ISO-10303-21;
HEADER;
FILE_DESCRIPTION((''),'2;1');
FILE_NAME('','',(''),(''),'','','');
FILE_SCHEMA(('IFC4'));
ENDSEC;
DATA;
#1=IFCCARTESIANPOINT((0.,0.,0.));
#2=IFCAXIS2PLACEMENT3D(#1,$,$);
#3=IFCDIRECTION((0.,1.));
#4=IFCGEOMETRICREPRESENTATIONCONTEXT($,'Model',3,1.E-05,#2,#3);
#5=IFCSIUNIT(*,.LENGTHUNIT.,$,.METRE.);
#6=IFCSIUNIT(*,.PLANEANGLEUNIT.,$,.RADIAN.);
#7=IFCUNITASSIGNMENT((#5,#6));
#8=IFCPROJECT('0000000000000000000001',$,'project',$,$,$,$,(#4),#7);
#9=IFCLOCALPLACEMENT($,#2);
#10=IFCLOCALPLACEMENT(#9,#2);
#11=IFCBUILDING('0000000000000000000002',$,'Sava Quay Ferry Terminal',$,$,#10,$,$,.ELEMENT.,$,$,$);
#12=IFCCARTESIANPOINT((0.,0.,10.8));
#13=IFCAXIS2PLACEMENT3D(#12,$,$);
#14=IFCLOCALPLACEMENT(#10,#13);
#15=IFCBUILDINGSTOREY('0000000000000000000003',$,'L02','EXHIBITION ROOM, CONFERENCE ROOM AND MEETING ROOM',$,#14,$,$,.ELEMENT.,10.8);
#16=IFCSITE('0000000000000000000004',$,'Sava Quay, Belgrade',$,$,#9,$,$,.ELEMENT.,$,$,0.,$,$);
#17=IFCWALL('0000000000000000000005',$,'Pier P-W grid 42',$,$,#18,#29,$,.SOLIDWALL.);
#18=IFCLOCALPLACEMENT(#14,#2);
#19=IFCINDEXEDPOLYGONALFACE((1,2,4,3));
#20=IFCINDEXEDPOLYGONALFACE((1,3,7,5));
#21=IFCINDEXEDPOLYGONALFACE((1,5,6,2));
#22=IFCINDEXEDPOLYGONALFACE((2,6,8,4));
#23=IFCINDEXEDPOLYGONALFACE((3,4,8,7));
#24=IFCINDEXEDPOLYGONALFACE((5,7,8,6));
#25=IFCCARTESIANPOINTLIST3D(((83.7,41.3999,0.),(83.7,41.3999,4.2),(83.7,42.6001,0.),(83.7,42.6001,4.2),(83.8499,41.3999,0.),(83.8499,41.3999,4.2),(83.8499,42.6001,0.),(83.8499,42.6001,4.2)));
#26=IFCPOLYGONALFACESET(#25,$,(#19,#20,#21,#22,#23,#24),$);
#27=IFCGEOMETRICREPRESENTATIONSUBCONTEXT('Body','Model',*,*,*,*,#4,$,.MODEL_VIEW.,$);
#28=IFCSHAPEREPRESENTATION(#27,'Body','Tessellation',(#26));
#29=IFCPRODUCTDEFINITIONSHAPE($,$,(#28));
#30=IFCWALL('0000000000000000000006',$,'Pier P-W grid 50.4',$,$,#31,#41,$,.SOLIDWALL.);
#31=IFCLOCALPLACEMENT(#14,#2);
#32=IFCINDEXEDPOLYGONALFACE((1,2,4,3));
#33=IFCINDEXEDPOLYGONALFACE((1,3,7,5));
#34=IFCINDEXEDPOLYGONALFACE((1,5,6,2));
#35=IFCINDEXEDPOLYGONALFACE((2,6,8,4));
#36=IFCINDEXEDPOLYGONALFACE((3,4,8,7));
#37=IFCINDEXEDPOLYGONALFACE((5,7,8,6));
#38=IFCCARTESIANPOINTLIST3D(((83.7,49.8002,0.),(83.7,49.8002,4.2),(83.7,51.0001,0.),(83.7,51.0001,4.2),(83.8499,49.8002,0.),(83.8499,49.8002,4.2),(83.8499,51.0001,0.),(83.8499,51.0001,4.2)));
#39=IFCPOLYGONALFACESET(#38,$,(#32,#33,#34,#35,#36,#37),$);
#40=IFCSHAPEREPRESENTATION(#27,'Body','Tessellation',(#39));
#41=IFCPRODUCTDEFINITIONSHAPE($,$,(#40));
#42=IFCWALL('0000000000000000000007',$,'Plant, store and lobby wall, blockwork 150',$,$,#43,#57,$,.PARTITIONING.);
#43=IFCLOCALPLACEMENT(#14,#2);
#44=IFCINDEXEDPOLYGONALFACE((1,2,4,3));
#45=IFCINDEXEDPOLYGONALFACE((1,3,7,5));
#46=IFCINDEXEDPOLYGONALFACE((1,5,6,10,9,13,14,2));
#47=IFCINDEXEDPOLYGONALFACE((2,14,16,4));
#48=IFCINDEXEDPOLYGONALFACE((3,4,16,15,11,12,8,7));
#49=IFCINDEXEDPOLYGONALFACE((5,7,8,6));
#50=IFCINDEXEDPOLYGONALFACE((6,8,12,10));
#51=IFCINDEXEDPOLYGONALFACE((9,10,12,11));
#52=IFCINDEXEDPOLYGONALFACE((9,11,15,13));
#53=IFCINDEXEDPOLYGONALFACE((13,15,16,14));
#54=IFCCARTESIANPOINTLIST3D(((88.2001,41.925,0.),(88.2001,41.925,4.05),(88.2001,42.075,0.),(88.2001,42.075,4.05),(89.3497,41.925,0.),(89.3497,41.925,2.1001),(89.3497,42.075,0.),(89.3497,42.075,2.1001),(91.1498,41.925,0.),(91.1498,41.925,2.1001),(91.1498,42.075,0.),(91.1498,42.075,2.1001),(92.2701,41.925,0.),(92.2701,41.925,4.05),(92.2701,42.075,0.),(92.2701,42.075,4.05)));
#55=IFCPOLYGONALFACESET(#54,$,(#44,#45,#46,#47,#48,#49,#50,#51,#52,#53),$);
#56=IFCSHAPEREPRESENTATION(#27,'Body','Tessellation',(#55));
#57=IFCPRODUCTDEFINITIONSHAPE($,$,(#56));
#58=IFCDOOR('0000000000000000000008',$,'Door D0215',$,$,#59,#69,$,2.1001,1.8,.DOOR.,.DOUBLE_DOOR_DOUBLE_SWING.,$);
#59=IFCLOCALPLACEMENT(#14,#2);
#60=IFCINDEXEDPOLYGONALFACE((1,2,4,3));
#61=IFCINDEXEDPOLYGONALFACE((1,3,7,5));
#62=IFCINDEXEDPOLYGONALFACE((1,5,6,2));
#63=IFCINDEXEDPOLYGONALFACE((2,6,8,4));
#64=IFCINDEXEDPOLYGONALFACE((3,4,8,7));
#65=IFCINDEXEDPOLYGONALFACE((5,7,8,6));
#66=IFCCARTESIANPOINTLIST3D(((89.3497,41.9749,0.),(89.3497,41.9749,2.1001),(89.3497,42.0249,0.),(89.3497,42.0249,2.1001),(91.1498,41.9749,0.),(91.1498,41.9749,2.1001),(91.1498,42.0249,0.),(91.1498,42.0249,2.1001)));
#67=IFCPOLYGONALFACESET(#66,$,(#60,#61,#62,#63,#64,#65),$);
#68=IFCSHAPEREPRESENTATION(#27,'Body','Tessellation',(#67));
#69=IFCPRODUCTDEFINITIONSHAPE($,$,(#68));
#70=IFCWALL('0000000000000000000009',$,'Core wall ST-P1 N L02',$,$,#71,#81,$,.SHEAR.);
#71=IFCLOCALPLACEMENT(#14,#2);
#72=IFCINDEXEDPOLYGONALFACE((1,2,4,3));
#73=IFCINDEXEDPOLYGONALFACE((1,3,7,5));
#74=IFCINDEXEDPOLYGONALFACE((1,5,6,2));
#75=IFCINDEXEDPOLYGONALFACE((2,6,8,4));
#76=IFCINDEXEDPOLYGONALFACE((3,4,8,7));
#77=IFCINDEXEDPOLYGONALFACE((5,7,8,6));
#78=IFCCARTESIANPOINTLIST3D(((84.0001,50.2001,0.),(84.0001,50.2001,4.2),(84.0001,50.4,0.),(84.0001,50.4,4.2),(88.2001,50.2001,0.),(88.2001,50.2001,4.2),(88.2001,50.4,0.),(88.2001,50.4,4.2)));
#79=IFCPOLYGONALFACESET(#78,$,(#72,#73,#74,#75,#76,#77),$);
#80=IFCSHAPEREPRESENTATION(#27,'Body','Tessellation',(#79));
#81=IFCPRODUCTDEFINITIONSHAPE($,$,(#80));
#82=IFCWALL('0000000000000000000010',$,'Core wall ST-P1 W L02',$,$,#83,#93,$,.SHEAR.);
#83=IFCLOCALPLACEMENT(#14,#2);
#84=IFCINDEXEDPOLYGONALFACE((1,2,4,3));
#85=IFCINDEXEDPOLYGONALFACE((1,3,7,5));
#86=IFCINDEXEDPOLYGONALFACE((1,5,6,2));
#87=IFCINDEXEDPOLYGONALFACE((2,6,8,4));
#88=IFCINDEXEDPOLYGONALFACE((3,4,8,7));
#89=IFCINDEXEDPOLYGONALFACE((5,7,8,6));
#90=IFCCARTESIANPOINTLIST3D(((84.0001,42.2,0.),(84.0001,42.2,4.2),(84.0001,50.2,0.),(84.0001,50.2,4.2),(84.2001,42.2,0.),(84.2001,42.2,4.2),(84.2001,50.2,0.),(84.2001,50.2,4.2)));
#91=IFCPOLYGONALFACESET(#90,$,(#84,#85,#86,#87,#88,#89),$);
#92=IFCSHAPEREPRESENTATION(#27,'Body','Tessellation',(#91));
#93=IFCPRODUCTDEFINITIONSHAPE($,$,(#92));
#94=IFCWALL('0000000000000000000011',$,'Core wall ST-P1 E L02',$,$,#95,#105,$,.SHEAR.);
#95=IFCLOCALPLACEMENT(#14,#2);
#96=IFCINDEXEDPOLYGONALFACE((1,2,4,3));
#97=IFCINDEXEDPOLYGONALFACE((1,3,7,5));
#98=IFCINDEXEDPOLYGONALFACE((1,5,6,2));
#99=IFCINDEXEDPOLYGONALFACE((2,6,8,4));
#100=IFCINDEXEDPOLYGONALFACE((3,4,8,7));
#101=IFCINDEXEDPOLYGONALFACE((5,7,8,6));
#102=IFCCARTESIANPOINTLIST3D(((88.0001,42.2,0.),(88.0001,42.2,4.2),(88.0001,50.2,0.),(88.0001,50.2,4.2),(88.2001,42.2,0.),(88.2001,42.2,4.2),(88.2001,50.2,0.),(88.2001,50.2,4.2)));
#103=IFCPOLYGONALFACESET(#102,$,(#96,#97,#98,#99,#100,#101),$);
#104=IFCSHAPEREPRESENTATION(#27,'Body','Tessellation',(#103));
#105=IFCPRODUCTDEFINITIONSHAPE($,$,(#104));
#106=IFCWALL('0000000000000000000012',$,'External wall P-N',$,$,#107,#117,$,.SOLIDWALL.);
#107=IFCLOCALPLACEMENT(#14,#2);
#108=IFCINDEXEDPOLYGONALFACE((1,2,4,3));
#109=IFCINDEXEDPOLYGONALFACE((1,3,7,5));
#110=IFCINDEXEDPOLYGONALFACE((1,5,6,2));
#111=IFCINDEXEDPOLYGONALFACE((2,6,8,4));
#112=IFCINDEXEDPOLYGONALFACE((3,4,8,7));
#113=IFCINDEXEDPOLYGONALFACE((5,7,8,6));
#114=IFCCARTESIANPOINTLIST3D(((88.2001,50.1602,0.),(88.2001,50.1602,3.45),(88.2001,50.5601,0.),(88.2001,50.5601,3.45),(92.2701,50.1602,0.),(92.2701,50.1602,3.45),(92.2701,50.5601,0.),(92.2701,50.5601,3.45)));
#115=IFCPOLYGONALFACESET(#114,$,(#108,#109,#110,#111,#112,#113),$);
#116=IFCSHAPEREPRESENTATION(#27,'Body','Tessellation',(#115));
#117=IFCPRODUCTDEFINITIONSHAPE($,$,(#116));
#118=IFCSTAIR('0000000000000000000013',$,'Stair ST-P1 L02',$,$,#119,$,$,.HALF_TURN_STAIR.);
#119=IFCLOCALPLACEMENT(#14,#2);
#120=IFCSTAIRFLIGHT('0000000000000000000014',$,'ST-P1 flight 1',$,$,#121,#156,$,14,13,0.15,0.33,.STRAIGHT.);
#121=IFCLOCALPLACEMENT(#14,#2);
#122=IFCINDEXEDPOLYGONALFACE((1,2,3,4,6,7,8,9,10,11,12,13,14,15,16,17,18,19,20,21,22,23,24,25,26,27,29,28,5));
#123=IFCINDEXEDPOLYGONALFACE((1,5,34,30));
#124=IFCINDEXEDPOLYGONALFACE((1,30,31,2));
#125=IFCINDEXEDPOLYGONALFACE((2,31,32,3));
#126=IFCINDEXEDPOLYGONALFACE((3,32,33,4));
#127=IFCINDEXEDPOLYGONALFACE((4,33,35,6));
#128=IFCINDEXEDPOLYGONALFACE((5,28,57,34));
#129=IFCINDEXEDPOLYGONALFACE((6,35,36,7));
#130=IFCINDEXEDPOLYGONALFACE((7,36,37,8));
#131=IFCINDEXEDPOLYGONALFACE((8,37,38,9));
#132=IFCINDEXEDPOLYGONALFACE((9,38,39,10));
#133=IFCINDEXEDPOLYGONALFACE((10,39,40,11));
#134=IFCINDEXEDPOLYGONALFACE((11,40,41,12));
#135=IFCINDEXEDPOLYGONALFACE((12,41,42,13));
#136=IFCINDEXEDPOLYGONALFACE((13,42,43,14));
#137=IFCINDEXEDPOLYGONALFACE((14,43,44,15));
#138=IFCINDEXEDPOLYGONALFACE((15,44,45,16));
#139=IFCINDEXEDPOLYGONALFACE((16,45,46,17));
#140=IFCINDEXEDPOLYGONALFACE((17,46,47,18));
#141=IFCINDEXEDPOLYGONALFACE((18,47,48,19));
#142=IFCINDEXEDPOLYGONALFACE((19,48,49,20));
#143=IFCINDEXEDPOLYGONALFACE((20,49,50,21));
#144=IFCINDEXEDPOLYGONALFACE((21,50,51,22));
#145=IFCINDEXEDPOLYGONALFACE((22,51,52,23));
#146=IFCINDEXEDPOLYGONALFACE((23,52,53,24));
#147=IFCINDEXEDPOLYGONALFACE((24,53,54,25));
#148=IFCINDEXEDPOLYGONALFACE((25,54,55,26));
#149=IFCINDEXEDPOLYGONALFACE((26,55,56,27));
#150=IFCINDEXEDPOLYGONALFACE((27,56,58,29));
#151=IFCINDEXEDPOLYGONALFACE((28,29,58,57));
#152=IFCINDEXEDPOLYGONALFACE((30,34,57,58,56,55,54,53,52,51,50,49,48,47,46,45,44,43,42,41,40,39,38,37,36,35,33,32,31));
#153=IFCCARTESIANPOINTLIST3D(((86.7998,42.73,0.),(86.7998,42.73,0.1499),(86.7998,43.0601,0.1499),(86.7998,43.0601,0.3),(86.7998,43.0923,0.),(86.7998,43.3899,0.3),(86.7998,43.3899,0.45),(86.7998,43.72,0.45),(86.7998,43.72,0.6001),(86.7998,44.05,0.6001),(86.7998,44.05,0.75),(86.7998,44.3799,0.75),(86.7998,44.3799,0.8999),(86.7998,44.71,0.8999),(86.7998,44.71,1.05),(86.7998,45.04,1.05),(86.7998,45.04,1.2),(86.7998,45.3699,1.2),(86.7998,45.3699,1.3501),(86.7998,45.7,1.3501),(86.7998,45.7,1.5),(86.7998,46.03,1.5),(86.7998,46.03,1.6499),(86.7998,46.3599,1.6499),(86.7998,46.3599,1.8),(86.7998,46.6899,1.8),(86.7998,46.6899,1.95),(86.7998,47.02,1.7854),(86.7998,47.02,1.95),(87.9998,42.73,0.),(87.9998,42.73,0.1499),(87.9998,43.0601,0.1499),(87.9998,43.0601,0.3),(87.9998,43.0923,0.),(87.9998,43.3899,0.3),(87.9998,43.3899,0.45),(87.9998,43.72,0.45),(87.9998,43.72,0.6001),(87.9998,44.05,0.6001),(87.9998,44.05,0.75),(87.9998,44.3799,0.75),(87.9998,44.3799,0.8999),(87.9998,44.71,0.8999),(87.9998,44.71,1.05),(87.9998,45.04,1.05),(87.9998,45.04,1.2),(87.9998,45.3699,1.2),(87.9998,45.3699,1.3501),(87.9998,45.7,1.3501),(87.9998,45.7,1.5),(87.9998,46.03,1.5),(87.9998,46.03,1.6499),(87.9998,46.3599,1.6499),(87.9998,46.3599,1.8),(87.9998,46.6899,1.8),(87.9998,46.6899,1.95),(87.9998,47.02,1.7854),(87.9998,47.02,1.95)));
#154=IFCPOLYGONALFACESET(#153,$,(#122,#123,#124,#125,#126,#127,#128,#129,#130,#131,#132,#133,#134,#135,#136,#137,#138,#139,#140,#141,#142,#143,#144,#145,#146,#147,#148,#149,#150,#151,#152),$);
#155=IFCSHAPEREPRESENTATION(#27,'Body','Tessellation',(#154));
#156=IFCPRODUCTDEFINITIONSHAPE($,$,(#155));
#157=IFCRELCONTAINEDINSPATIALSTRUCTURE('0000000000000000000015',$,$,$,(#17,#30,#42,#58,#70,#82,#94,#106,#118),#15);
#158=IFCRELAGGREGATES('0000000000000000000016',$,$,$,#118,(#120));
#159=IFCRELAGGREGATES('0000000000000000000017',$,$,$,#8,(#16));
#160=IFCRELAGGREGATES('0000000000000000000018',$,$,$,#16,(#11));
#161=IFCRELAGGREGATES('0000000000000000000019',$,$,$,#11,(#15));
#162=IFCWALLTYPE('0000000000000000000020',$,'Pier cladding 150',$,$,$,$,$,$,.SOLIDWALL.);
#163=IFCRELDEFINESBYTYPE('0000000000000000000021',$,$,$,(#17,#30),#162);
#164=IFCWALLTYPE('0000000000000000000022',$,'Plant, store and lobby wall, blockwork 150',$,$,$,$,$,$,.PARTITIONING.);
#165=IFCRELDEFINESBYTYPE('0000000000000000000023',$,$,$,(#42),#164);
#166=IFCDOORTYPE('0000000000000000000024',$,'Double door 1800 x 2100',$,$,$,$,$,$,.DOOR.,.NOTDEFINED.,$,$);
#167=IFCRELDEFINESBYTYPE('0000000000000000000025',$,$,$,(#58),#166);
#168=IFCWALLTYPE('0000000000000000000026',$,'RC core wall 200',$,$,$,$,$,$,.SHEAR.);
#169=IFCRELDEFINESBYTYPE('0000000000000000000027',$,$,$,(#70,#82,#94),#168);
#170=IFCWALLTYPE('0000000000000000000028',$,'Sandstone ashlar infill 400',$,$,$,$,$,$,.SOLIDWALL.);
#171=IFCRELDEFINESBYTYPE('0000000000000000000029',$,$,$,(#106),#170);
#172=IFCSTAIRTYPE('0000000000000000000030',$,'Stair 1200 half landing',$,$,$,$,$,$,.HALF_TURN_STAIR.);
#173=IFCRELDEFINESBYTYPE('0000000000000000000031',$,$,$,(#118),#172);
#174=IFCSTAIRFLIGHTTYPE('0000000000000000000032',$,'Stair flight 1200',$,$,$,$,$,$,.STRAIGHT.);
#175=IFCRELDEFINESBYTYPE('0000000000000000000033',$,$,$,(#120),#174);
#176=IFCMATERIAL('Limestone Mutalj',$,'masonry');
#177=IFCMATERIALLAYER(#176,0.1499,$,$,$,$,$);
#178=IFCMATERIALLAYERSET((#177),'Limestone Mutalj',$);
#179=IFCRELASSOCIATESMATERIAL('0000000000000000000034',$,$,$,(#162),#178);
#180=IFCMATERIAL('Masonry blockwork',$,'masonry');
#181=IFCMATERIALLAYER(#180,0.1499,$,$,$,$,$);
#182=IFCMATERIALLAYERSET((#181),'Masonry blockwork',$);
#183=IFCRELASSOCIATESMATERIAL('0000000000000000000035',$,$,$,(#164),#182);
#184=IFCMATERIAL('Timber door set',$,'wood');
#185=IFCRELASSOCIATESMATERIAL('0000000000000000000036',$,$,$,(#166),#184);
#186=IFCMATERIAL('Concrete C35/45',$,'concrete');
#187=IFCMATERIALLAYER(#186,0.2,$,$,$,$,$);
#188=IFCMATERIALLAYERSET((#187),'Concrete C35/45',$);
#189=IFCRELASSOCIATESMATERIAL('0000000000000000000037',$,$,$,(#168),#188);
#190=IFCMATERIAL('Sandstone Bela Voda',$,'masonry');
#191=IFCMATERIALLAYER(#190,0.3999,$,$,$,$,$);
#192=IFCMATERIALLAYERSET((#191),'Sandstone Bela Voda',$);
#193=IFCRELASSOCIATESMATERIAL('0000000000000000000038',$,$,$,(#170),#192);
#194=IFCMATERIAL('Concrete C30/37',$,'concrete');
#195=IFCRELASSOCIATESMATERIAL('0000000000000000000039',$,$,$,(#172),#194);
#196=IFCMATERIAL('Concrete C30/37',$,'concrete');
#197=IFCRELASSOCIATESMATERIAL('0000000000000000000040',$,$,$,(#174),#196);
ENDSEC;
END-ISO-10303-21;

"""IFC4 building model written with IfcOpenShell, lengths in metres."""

from ifc_helpers import new_model, si_unit, direction, frame, frame_2d, origin, place, context, subcontext, project, spatial, polyline, rectangle, outline, extrude, material, layer, layer_set, type_object, element, fill, aggregate, save


model = new_model("IFC4")

# Units and contexts
model_context = context("Model", 3, precision=1e-05, world=origin(), true_north=direction((0.0, 1.0)))
body_context = subcontext(model_context, "Body", "Model", "MODEL_VIEW")
ifc_project = project(units=[si_unit("LENGTHUNIT", "METRE"), si_unit("PLANEANGLEUNIT", "RADIAN")], contexts=[model_context])

# Site, building, storey
site_placement = place(None, origin())
site = spatial("IfcSite", under=ifc_project, at=site_placement, Name="Sava Quay, Belgrade", CompositionType="ELEMENT", RefElevation=0.0)
building_placement = place(site_placement, origin())
building = spatial("IfcBuilding", under=site, at=building_placement, Name="Sava Quay Ferry Terminal", CompositionType="ELEMENT")
storey_placement = place(building_placement, frame((0.0, 0.0, 10.8)))
storey = spatial("IfcBuildingStorey", under=building, at=storey_placement, Name="L02", Description="EXHIBITION ROOM, CONFERENCE ROOM AND MEETING ROOM", CompositionType="ELEMENT", Elevation=10.8)

# Walls
ifc_material_1 = material(Name="Limestone Mutalj", Category="masonry")
ifc_layer_1 = layer(ifc_material_1, 0.1499)
ifc_layer_set_1 = layer_set([ifc_layer_1], Name="Limestone Mutalj")
wall_type_1 = type_object("IfcWallType", Name="Pier cladding 150", PredefinedType="SOLIDWALL", material=ifc_layer_set_1)
wall_1_placement = place(storey_placement, frame((83.7749, 41.3999, 0.0), z_axis=(0.0, 0.0, 1.0), x_axis=(0.0, 1.0, 0.0)))
element("IfcWall", 1, at=wall_1_placement, inside=storey, type_object=wall_type_1, Name="Pier P-W grid 42", PredefinedType="SOLIDWALL", context=body_context, shape_type="SweptSolid", body=[
    extrude(rectangle(XDim=1.2002, YDim=0.1499, at=frame_2d((0.6001, 0.0))), origin(), (0.0, 0.0, 1.0), 4.2),
])
wall_2_placement = place(storey_placement, frame((83.7749, 49.8, 0.0), z_axis=(0.0, 0.0, 1.0), x_axis=(0.0, 1.0, 0.0)))
element("IfcWall", 2, at=wall_2_placement, inside=storey, type_object=wall_type_1, Name="Pier P-W grid 50.4", PredefinedType="SOLIDWALL", context=body_context, shape_type="SweptSolid", body=[
    extrude(rectangle(XDim=1.2, YDim=0.1499, at=frame_2d((0.6001, 0.0))), origin(), (0.0, 0.0, 1.0), 4.2),
])

# Wall, opening, door
ifc_material_2 = material(Name="Masonry blockwork", Category="masonry")
ifc_layer_2 = layer(ifc_material_2, 0.1499)
ifc_layer_set_2 = layer_set([ifc_layer_2], Name="Masonry blockwork")
wall_type_2 = type_object("IfcWallType", Name="Plant, store and lobby wall, blockwork 150", PredefinedType="PARTITIONING", material=ifc_layer_set_2)
wall_3_placement = place(storey_placement, frame((88.2, 42.0, 0.0), z_axis=(0.0, 0.0, 1.0), x_axis=(1.0, 0.0, 0.0)))
wall_3 = element("IfcWall", 3, at=wall_3_placement, inside=storey, type_object=wall_type_2, Name="Plant, store and lobby wall, blockwork 150", PredefinedType="PARTITIONING", context=body_context, shape_type="SweptSolid", body=[
    extrude(rectangle(XDim=4.0701, YDim=0.1499, at=frame_2d((2.0352, 0.0))), origin(), (0.0, 0.0, 1.0), 4.05),
])
opening_1_placement = place(wall_3_placement, frame((1.1499, 0.0, 0.0)))
opening_1 = element("IfcOpeningElement", 4, at=opening_1_placement, cuts=wall_3, PredefinedType="OPENING", context=body_context, shape_type="SweptSolid", body=[
    extrude(rectangle(XDim=1.8, YDim=2.1001, at=frame_2d((0.8999, 1.05))), frame((0.0, 0.075, 0.0), z_axis=(0.0, -1.0, 0.0), x_axis=(1.0, 0.0, 0.0)), (0.0, 0.0, 1.0), 0.1499),
])
ifc_material_3 = material(Name="Timber door set", Category="wood")
door_type_1 = type_object("IfcDoorType", Name="Double door 1800 x 2100", OperationType="NOTDEFINED", PredefinedType="DOOR", material=ifc_material_3)
door_1_placement = place(opening_1_placement, origin())
door_1 = element("IfcDoor", 5, at=door_1_placement, inside=storey, type_object=door_type_1, Name="Door D0215", OperationType="DOUBLE_DOOR_DOUBLE_SWING", OverallHeight=2.1001, OverallWidth=1.8, PredefinedType="DOOR", context=body_context, shape_type="SweptSolid", body=[
    extrude(rectangle(XDim=1.8, YDim=2.1001, at=frame_2d((0.8999, 1.05))), frame((0.0, 0.0249, 0.0), z_axis=(0.0, -1.0, 0.0), x_axis=(1.0, 0.0, 0.0)), (0.0, 0.0, 1.0), 0.05),
])
fill(opening_1, door_1)
ifc_material_4 = material(Name="Concrete C35/45", Category="concrete")
ifc_layer_3 = layer(ifc_material_4, 0.2)
ifc_layer_set_3 = layer_set([ifc_layer_3], Name="Concrete C35/45")
wall_type_3 = type_object("IfcWallType", Name="RC core wall 200", PredefinedType="SHEAR", material=ifc_layer_set_3)

# Walls
wall_4_placement = place(storey_placement, frame((84.0, 50.3, 0.0), z_axis=(0.0, 0.0, 1.0), x_axis=(1.0, 0.0, 0.0)))
element("IfcWall", 6, at=wall_4_placement, inside=storey, type_object=wall_type_3, Name="Core wall ST-P1 N L02", PredefinedType="SHEAR", context=body_context, shape_type="SweptSolid", body=[
    extrude(rectangle(XDim=4.2, YDim=0.2, at=frame_2d((2.1001, 0.0))), origin(), (0.0, 0.0, 1.0), 4.2),
])
for number, where, z_axis, x_axis, name in (
    (7, (84.1001, 42.2, 0.0), (0.0, 0.0, 1.0), (0.0, 1.0, 0.0), "Core wall ST-P1 W L02"),
    (8, (88.1001, 42.2, 0.0), (0.0, 0.0, 1.0), (0.0, 1.0, 0.0), "Core wall ST-P1 E L02"),
):
    element("IfcWall", number, at=place(storey_placement, frame(where, z_axis=z_axis, x_axis=x_axis)), inside=storey, type_object=wall_type_3, Name=name, PredefinedType="SHEAR", context=body_context, shape_type="SweptSolid", body=[
        extrude(rectangle(XDim=8.0, YDim=0.2, at=frame_2d((4.0, 0.0))), origin(), (0.0, 0.0, 1.0), 4.2),
    ])
ifc_material_5 = material(Name="Sandstone Bela Voda", Category="masonry")
ifc_layer_4 = layer(ifc_material_5, 0.3999)
ifc_layer_set_4 = layer_set([ifc_layer_4], Name="Sandstone Bela Voda")
wall_type_4 = type_object("IfcWallType", Name="Sandstone ashlar infill 400", PredefinedType="SOLIDWALL", material=ifc_layer_set_4)
wall_5_placement = place(storey_placement, frame((88.2, 50.3601, 0.0), z_axis=(0.0, 0.0, 1.0), x_axis=(1.0, 0.0, 0.0)))
element("IfcWall", 9, at=wall_5_placement, inside=storey, type_object=wall_type_4, Name="External wall P-N", PredefinedType="SOLIDWALL", context=body_context, shape_type="SweptSolid", body=[
    extrude(rectangle(XDim=4.0701, YDim=0.3999, at=frame_2d((2.0352, 0.0))), origin(), (0.0, 0.0, 1.0), 3.45),
])

# Stair, stair flight
ifc_material_6 = material(Name="Concrete C30/37", Category="concrete")
stair_type = type_object("IfcStairType", Name="Stair 1200 half landing", PredefinedType="HALF_TURN_STAIR", material=ifc_material_6)
stair_placement = place(storey_placement, origin())
stair = element("IfcStair", 10, at=stair_placement, inside=storey, type_object=stair_type, Name="Stair ST-P1 L02", PredefinedType="HALF_TURN_STAIR")
ifc_material_7 = material(Name="Concrete C30/37", Category="concrete")
stair_flight_type = type_object("IfcStairFlightType", Name="Stair flight 1200", PredefinedType="STRAIGHT", material=ifc_material_7)
stair_flight_1_placement = place(storey_placement, frame((87.3999, 42.73, 0.0), z_axis=(0.0, 0.0, 1.0), x_axis=(0.0, 1.0, 0.0)))
stair_flight_1 = element("IfcStairFlight", 11, at=stair_flight_1_placement, type_object=stair_flight_type, Name="ST-P1 flight 1", NumberOfRisers=14, NumberOfTreads=13, PredefinedType="STRAIGHT", RiserHeight=0.15, TreadLength=0.33, context=body_context, shape_type="SweptSolid", body=[
    extrude(outline(polyline([(0.0, 0.0), (0.0, 0.1499), (0.3301, 0.1499), (0.3301, 0.3), (0.6599, 0.3), (0.6599, 0.45), (0.99, 0.45), (0.99, 0.6001), (1.3201, 0.6001), (1.3201, 0.75), (1.6499, 0.75), (1.6499, 0.8999), (1.98, 0.8999), (1.98, 1.05), (2.3101, 1.05), (2.3101, 1.2), (2.6399, 1.2), (2.6399, 1.3501), (2.97, 1.3501), (2.97, 1.5), (3.3, 1.5), (3.3, 1.6499), (3.6299, 1.6499), (3.6299, 1.8), (3.96, 1.8), (3.96, 1.95), (4.29, 1.95), (4.29, 2.1001), (4.29, 1.7854), (0.3623, 0.0), (0.0, 0.0)])), frame((0.0, 0.6001, 0.0), z_axis=(0.0, -1.0, 0.0), x_axis=(1.0, 0.0, 0.0)), (0.0, 0.0, 1.0), 1.2),
])
aggregate(stair, [stair_flight_1])

save(model, "model.ifc")
